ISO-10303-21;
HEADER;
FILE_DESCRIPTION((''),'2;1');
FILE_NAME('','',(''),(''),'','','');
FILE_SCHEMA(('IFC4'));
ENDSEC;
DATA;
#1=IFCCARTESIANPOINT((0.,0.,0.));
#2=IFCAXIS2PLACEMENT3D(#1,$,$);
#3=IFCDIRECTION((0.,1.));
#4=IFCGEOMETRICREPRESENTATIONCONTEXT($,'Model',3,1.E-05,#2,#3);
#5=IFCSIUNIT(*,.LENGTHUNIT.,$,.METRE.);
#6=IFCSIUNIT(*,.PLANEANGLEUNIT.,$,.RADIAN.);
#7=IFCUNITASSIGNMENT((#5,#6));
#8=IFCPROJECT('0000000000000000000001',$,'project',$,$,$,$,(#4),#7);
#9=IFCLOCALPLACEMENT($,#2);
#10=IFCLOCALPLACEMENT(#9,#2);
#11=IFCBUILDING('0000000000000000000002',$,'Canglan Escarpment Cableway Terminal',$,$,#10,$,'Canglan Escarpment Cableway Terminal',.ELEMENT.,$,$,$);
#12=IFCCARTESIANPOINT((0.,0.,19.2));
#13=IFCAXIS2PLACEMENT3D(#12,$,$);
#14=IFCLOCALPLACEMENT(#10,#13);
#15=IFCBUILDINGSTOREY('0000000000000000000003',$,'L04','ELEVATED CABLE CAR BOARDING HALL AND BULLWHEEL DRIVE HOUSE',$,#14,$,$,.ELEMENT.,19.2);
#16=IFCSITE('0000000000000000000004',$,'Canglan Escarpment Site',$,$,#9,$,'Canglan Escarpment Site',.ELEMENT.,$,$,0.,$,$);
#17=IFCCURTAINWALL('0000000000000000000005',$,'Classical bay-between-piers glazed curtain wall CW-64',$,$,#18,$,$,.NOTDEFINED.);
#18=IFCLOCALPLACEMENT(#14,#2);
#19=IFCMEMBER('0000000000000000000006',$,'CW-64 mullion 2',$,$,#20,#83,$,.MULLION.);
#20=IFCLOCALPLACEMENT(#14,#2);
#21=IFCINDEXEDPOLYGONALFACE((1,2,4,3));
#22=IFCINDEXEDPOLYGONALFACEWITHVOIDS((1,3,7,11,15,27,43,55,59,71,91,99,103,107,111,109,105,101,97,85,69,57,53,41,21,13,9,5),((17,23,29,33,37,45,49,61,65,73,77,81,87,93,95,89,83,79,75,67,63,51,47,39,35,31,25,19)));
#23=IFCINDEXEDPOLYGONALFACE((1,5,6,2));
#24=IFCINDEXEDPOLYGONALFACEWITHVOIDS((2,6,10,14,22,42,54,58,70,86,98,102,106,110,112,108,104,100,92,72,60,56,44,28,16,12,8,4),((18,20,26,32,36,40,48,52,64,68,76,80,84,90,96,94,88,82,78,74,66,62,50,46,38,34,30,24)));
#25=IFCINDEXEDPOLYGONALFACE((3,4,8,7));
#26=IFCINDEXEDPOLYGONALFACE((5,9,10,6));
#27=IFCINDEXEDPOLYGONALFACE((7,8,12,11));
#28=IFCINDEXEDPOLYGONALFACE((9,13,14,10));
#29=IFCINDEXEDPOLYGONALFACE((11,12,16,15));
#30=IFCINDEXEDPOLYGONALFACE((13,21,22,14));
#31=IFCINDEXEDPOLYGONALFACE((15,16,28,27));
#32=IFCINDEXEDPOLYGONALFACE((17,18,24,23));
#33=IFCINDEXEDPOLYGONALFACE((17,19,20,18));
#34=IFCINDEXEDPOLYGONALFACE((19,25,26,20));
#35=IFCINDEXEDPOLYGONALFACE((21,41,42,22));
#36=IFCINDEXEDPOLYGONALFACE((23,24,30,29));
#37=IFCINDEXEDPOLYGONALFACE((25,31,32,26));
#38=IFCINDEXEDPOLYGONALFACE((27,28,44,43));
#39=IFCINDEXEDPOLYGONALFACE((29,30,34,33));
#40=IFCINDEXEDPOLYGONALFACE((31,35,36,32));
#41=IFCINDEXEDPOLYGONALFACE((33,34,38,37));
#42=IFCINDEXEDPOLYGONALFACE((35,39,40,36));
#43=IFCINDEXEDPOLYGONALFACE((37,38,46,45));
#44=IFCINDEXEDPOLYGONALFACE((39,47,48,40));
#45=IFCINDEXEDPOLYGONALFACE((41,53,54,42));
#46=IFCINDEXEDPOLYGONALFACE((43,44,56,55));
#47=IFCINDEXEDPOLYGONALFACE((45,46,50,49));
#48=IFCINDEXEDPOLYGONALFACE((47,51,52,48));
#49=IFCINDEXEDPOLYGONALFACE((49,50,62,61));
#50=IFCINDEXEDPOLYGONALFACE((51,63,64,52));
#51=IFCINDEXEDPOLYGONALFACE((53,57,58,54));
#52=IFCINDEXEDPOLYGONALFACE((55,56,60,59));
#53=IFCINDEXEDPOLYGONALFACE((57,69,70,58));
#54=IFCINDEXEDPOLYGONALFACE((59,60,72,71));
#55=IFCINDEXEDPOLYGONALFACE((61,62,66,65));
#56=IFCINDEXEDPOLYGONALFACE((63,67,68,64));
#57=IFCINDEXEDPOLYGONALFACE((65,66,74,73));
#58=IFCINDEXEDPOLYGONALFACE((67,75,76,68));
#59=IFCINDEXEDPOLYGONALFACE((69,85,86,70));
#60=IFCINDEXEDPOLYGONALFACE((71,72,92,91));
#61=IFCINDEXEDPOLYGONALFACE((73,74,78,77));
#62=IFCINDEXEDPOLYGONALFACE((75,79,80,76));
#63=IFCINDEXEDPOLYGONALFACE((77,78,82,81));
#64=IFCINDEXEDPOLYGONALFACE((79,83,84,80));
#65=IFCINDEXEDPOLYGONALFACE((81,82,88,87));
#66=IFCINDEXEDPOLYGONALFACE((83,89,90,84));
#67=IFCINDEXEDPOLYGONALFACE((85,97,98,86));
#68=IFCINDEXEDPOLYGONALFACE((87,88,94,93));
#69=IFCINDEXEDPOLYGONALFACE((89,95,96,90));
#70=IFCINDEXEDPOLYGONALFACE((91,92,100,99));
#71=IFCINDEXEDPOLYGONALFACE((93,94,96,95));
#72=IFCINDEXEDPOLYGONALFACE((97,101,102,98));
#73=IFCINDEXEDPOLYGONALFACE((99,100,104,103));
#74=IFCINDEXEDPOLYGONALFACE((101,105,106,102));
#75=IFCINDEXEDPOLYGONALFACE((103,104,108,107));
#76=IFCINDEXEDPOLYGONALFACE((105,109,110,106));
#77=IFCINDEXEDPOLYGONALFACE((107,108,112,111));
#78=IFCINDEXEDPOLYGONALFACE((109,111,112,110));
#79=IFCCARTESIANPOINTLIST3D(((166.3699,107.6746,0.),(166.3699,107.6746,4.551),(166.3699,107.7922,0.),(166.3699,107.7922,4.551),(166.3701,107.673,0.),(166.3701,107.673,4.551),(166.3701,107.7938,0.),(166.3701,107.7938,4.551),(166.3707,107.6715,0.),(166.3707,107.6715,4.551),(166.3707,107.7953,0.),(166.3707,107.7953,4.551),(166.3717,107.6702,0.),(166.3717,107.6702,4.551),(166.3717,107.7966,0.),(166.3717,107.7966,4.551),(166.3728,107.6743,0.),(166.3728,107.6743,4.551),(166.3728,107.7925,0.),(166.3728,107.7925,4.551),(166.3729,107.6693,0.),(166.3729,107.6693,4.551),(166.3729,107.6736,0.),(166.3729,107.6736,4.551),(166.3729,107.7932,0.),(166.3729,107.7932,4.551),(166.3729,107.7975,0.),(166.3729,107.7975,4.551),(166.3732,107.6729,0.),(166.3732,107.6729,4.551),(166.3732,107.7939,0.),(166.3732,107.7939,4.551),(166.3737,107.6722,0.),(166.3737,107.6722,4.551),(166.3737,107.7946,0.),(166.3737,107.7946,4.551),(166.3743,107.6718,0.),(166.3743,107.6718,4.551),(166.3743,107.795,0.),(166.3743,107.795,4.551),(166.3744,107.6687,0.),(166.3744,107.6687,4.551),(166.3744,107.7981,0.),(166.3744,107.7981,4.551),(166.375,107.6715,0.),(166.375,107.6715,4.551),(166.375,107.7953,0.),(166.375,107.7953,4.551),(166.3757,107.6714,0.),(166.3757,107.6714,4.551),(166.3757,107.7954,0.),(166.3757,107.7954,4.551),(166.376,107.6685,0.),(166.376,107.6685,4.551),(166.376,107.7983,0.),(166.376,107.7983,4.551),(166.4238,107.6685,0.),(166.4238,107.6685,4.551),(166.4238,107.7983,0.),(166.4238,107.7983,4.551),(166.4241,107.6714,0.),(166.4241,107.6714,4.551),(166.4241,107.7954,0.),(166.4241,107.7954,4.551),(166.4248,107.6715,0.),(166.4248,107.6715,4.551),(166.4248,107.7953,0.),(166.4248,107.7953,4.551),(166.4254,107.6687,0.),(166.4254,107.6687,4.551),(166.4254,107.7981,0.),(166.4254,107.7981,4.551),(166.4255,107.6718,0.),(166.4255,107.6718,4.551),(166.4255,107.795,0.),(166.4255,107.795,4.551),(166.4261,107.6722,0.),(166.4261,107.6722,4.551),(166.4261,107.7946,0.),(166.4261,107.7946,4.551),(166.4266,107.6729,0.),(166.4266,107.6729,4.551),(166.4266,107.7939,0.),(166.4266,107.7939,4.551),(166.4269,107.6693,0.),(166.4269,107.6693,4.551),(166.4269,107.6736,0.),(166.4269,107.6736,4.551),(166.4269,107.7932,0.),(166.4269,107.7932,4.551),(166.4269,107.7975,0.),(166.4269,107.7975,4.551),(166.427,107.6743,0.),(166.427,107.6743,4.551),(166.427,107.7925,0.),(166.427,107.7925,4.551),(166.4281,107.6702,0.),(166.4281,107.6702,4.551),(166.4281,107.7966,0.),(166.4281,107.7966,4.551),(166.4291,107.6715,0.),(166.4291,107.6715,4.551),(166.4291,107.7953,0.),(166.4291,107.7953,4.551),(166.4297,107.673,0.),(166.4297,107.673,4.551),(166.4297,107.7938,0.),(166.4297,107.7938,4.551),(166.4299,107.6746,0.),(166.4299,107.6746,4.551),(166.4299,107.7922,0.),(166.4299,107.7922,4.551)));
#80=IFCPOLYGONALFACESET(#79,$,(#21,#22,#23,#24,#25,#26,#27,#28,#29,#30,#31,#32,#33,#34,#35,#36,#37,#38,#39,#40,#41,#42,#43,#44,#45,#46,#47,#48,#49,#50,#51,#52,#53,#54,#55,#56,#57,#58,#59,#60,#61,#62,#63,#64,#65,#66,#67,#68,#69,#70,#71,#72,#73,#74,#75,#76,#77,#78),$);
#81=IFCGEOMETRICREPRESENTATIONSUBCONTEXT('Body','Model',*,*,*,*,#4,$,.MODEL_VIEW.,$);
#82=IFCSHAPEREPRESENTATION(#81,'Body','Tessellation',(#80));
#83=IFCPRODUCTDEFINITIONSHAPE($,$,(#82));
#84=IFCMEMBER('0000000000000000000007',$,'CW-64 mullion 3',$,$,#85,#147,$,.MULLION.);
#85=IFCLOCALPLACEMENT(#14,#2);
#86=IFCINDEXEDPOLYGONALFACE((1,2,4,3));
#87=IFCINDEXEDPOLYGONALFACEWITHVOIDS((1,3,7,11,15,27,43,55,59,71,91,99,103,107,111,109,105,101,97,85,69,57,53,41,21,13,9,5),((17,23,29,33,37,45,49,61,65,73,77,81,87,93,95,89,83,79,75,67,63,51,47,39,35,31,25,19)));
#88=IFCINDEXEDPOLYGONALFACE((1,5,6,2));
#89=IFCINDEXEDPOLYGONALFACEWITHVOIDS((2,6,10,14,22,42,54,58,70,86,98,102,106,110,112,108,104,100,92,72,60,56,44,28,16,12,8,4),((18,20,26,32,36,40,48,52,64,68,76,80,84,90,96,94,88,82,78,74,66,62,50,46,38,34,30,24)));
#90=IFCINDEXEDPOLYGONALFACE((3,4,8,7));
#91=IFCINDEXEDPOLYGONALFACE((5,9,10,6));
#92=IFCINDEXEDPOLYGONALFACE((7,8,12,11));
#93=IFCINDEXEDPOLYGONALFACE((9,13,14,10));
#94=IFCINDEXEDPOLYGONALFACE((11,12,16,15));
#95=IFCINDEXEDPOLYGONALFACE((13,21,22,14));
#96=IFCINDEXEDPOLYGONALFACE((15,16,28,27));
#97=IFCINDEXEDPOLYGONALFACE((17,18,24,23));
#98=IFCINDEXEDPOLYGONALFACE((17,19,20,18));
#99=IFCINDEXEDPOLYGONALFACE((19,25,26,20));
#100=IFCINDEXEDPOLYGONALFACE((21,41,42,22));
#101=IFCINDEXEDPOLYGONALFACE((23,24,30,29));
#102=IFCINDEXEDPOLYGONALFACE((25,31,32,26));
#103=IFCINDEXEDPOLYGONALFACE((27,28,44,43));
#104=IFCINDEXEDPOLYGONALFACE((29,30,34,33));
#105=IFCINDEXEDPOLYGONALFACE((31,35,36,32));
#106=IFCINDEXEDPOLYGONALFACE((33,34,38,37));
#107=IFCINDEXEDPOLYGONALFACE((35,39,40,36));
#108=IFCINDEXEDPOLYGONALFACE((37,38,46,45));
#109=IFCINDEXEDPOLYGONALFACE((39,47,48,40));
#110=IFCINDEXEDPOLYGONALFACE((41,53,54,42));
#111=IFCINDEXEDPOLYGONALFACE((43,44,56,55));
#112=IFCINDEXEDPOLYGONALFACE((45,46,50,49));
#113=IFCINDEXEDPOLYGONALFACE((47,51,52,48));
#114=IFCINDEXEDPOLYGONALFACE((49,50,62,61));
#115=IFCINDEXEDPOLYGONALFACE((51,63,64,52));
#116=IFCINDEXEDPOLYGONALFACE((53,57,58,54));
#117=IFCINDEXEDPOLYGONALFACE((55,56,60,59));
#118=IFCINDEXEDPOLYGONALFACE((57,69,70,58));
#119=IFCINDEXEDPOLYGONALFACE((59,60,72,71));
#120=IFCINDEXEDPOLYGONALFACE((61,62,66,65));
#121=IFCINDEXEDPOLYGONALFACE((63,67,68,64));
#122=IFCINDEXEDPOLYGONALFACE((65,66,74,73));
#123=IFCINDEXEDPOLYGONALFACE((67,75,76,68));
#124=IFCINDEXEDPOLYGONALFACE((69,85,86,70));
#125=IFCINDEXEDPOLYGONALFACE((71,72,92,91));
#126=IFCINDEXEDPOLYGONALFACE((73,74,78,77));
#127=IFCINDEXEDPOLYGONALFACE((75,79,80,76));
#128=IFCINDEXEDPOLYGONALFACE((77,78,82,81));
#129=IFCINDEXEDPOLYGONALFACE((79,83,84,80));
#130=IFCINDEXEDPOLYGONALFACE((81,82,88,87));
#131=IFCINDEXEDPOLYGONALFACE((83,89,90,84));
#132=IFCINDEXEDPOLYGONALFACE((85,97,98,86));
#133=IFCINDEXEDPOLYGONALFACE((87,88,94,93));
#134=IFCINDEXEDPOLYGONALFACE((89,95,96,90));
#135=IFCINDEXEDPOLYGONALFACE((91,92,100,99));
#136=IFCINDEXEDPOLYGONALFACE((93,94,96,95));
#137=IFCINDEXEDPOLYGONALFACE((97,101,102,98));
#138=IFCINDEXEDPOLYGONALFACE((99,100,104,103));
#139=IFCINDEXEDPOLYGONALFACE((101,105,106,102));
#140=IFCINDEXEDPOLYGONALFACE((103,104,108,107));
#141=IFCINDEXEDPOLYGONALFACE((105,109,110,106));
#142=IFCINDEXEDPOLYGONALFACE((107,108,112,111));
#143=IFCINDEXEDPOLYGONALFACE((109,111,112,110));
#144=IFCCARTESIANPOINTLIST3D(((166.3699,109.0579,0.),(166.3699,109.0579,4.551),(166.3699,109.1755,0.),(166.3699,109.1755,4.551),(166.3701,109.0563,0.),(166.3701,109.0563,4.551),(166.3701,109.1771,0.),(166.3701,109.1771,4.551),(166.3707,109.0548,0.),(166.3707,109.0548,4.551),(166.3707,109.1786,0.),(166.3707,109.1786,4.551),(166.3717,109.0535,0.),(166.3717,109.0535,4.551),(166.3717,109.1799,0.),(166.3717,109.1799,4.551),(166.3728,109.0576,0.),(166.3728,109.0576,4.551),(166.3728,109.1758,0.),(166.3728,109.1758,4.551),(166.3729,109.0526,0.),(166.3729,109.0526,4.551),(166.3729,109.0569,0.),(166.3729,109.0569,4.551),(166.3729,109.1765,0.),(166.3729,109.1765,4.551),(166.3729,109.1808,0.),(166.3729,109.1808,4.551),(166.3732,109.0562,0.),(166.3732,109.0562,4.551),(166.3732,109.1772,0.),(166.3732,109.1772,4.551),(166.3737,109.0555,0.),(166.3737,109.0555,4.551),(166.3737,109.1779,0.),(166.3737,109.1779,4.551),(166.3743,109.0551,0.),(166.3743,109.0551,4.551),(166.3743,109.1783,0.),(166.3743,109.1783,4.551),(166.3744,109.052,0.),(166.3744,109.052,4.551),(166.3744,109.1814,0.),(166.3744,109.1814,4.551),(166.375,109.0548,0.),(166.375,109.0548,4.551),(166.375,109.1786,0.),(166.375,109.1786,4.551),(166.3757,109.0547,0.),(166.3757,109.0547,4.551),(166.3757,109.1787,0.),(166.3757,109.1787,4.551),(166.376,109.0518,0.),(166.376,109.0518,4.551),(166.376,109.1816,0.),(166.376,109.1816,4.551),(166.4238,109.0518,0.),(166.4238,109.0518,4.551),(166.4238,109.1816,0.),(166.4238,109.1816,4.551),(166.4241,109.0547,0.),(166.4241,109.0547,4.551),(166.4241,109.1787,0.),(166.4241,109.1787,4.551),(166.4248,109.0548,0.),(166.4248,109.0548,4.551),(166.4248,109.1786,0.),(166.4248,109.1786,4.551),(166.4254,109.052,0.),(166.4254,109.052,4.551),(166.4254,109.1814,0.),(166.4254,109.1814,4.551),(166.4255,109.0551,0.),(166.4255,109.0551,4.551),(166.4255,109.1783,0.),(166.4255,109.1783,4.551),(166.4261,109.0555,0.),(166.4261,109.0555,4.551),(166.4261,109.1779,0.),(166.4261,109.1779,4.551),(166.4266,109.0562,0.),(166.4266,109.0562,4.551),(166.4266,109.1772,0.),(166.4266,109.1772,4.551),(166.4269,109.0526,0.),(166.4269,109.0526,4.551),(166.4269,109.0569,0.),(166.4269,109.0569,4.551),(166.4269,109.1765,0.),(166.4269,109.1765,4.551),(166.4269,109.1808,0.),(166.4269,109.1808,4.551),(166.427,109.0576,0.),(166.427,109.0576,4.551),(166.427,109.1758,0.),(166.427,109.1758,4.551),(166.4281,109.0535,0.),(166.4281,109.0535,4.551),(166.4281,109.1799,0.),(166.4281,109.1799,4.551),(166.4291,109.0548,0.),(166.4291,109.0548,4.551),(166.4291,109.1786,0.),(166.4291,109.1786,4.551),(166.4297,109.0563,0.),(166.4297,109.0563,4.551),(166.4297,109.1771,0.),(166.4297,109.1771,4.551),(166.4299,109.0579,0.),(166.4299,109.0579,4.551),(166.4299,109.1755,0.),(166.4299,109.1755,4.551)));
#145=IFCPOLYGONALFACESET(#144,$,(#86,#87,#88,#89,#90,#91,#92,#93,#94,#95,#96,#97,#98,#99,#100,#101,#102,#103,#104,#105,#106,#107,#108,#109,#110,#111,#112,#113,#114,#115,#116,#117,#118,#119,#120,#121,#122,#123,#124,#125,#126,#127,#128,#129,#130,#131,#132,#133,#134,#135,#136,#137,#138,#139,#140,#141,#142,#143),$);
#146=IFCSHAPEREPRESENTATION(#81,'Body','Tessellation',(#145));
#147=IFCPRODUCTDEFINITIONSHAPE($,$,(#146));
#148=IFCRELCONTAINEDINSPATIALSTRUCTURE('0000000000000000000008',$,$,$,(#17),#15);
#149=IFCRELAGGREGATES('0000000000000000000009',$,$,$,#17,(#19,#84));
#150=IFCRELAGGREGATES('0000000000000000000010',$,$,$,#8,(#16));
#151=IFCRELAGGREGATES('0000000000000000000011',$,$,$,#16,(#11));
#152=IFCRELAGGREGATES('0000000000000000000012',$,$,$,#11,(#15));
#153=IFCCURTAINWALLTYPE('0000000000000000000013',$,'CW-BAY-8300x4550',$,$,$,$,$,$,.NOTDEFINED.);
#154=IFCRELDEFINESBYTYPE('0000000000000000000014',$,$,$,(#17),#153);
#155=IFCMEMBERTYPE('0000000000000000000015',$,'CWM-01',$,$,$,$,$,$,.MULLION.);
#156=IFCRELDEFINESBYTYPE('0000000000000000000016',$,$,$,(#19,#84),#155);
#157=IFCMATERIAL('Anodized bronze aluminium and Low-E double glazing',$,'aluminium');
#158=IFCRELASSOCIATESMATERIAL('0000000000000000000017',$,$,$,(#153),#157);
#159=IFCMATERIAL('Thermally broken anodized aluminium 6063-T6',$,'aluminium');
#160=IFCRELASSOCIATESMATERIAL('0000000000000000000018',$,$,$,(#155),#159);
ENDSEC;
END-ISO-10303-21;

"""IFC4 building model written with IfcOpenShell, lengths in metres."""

from ifc_helpers import new_model, si_unit, direction, frame, origin, origin_2d, place, context, subcontext, project, spatial, hollow_rectangle, extrude, material, material_profile, profile_set, type_object, element, aggregate, save


model = new_model("IFC4")

# Units and contexts
model_context = context("Model", 3, precision=1e-05, world=origin(), true_north=direction((0.0, 1.0)))
body_context = subcontext(model_context, "Body", "Model", "MODEL_VIEW")
ifc_project = project(units=[si_unit("LENGTHUNIT", "METRE"), si_unit("PLANEANGLEUNIT", "RADIAN")], contexts=[model_context])

# Site, building, storey
site_placement = place(None, origin())
site = spatial("IfcSite", under=ifc_project, at=site_placement, Name="Canglan Escarpment Site", LongName="Canglan Escarpment Site", CompositionType="ELEMENT", RefElevation=0.0)
building_placement = place(site_placement, origin())
building = spatial("IfcBuilding", under=site, at=building_placement, Name="Canglan Escarpment Cableway Terminal", LongName="Canglan Escarpment Cableway Terminal", CompositionType="ELEMENT")
storey_placement = place(building_placement, frame((0.0, 0.0, 19.2)))
storey = spatial("IfcBuildingStorey", under=building, at=storey_placement, Name="L04", Description="ELEVATED CABLE CAR BOARDING HALL AND BULLWHEEL DRIVE HOUSE", CompositionType="ELEMENT", Elevation=19.2)

# Curtain wall, members
ifc_material_1 = material(Name="Anodized bronze aluminium and Low-E double glazing", Category="aluminium")
curtain_wall_type = type_object("IfcCurtainWallType", Name="CW-BAY-8300x4550", PredefinedType="NOTDEFINED", material=ifc_material_1)
curtain_wall_1_placement = place(storey_placement, origin())
curtain_wall_1 = element("IfcCurtainWall", 1, at=curtain_wall_1_placement, inside=storey, type_object=curtain_wall_type, Name="Classical bay-between-piers glazed curtain wall CW-64", PredefinedType="NOTDEFINED")
ifc_material_2 = material(Name="Thermally broken anodized aluminium 6063-T6", Category="aluminium")
ifc_material_profile_1 = material_profile(ifc_material_2, hollow_rectangle(XDim=0.0601, YDim=0.1299, WallThickness=0.0029, InnerFilletRadius=0.0029, OuterFilletRadius=0.0061, at=origin_2d()), Name="ALU-MULL 60x130x3")
ifc_profile_set_1 = profile_set([ifc_material_profile_1], Name="Thermally broken anodized aluminium 6063-T6")
member_type_1 = type_object("IfcMemberType", Name="CWM-01", PredefinedType="MULLION", material=ifc_profile_set_1)
member_1_placement = place(storey_placement, frame((166.3999, 107.7334, 0.0), z_axis=(0.0, 0.0, 1.0), x_axis=(-1.0, 0.0, 0.0)))
member_1 = element("IfcMember", 2, at=member_1_placement, type_object=member_type_1, Name="CW-64 mullion 2", PredefinedType="MULLION", context=body_context, shape_type="SweptSolid", body=[
    extrude(hollow_rectangle(XDim=0.0601, YDim=0.1299, WallThickness=0.0029, InnerFilletRadius=0.0029, OuterFilletRadius=0.0061, at=origin_2d()), origin(), (0.0, 0.0, 1.0), 4.551),
])
member_2_placement = place(storey_placement, frame((166.3999, 109.1167, 0.0), z_axis=(0.0, 0.0, 1.0), x_axis=(-1.0, 0.0, 0.0)))
member_2 = element("IfcMember", 3, at=member_2_placement, type_object=member_type_1, Name="CW-64 mullion 3", PredefinedType="MULLION", context=body_context, shape_type="SweptSolid", body=[
    extrude(hollow_rectangle(XDim=0.0601, YDim=0.1299, WallThickness=0.0029, InnerFilletRadius=0.0029, OuterFilletRadius=0.0061, at=origin_2d()), origin(), (0.0, 0.0, 1.0), 4.551),
])

aggregate(curtain_wall_1, [member_1, member_2])

save(model, "model.ifc")
